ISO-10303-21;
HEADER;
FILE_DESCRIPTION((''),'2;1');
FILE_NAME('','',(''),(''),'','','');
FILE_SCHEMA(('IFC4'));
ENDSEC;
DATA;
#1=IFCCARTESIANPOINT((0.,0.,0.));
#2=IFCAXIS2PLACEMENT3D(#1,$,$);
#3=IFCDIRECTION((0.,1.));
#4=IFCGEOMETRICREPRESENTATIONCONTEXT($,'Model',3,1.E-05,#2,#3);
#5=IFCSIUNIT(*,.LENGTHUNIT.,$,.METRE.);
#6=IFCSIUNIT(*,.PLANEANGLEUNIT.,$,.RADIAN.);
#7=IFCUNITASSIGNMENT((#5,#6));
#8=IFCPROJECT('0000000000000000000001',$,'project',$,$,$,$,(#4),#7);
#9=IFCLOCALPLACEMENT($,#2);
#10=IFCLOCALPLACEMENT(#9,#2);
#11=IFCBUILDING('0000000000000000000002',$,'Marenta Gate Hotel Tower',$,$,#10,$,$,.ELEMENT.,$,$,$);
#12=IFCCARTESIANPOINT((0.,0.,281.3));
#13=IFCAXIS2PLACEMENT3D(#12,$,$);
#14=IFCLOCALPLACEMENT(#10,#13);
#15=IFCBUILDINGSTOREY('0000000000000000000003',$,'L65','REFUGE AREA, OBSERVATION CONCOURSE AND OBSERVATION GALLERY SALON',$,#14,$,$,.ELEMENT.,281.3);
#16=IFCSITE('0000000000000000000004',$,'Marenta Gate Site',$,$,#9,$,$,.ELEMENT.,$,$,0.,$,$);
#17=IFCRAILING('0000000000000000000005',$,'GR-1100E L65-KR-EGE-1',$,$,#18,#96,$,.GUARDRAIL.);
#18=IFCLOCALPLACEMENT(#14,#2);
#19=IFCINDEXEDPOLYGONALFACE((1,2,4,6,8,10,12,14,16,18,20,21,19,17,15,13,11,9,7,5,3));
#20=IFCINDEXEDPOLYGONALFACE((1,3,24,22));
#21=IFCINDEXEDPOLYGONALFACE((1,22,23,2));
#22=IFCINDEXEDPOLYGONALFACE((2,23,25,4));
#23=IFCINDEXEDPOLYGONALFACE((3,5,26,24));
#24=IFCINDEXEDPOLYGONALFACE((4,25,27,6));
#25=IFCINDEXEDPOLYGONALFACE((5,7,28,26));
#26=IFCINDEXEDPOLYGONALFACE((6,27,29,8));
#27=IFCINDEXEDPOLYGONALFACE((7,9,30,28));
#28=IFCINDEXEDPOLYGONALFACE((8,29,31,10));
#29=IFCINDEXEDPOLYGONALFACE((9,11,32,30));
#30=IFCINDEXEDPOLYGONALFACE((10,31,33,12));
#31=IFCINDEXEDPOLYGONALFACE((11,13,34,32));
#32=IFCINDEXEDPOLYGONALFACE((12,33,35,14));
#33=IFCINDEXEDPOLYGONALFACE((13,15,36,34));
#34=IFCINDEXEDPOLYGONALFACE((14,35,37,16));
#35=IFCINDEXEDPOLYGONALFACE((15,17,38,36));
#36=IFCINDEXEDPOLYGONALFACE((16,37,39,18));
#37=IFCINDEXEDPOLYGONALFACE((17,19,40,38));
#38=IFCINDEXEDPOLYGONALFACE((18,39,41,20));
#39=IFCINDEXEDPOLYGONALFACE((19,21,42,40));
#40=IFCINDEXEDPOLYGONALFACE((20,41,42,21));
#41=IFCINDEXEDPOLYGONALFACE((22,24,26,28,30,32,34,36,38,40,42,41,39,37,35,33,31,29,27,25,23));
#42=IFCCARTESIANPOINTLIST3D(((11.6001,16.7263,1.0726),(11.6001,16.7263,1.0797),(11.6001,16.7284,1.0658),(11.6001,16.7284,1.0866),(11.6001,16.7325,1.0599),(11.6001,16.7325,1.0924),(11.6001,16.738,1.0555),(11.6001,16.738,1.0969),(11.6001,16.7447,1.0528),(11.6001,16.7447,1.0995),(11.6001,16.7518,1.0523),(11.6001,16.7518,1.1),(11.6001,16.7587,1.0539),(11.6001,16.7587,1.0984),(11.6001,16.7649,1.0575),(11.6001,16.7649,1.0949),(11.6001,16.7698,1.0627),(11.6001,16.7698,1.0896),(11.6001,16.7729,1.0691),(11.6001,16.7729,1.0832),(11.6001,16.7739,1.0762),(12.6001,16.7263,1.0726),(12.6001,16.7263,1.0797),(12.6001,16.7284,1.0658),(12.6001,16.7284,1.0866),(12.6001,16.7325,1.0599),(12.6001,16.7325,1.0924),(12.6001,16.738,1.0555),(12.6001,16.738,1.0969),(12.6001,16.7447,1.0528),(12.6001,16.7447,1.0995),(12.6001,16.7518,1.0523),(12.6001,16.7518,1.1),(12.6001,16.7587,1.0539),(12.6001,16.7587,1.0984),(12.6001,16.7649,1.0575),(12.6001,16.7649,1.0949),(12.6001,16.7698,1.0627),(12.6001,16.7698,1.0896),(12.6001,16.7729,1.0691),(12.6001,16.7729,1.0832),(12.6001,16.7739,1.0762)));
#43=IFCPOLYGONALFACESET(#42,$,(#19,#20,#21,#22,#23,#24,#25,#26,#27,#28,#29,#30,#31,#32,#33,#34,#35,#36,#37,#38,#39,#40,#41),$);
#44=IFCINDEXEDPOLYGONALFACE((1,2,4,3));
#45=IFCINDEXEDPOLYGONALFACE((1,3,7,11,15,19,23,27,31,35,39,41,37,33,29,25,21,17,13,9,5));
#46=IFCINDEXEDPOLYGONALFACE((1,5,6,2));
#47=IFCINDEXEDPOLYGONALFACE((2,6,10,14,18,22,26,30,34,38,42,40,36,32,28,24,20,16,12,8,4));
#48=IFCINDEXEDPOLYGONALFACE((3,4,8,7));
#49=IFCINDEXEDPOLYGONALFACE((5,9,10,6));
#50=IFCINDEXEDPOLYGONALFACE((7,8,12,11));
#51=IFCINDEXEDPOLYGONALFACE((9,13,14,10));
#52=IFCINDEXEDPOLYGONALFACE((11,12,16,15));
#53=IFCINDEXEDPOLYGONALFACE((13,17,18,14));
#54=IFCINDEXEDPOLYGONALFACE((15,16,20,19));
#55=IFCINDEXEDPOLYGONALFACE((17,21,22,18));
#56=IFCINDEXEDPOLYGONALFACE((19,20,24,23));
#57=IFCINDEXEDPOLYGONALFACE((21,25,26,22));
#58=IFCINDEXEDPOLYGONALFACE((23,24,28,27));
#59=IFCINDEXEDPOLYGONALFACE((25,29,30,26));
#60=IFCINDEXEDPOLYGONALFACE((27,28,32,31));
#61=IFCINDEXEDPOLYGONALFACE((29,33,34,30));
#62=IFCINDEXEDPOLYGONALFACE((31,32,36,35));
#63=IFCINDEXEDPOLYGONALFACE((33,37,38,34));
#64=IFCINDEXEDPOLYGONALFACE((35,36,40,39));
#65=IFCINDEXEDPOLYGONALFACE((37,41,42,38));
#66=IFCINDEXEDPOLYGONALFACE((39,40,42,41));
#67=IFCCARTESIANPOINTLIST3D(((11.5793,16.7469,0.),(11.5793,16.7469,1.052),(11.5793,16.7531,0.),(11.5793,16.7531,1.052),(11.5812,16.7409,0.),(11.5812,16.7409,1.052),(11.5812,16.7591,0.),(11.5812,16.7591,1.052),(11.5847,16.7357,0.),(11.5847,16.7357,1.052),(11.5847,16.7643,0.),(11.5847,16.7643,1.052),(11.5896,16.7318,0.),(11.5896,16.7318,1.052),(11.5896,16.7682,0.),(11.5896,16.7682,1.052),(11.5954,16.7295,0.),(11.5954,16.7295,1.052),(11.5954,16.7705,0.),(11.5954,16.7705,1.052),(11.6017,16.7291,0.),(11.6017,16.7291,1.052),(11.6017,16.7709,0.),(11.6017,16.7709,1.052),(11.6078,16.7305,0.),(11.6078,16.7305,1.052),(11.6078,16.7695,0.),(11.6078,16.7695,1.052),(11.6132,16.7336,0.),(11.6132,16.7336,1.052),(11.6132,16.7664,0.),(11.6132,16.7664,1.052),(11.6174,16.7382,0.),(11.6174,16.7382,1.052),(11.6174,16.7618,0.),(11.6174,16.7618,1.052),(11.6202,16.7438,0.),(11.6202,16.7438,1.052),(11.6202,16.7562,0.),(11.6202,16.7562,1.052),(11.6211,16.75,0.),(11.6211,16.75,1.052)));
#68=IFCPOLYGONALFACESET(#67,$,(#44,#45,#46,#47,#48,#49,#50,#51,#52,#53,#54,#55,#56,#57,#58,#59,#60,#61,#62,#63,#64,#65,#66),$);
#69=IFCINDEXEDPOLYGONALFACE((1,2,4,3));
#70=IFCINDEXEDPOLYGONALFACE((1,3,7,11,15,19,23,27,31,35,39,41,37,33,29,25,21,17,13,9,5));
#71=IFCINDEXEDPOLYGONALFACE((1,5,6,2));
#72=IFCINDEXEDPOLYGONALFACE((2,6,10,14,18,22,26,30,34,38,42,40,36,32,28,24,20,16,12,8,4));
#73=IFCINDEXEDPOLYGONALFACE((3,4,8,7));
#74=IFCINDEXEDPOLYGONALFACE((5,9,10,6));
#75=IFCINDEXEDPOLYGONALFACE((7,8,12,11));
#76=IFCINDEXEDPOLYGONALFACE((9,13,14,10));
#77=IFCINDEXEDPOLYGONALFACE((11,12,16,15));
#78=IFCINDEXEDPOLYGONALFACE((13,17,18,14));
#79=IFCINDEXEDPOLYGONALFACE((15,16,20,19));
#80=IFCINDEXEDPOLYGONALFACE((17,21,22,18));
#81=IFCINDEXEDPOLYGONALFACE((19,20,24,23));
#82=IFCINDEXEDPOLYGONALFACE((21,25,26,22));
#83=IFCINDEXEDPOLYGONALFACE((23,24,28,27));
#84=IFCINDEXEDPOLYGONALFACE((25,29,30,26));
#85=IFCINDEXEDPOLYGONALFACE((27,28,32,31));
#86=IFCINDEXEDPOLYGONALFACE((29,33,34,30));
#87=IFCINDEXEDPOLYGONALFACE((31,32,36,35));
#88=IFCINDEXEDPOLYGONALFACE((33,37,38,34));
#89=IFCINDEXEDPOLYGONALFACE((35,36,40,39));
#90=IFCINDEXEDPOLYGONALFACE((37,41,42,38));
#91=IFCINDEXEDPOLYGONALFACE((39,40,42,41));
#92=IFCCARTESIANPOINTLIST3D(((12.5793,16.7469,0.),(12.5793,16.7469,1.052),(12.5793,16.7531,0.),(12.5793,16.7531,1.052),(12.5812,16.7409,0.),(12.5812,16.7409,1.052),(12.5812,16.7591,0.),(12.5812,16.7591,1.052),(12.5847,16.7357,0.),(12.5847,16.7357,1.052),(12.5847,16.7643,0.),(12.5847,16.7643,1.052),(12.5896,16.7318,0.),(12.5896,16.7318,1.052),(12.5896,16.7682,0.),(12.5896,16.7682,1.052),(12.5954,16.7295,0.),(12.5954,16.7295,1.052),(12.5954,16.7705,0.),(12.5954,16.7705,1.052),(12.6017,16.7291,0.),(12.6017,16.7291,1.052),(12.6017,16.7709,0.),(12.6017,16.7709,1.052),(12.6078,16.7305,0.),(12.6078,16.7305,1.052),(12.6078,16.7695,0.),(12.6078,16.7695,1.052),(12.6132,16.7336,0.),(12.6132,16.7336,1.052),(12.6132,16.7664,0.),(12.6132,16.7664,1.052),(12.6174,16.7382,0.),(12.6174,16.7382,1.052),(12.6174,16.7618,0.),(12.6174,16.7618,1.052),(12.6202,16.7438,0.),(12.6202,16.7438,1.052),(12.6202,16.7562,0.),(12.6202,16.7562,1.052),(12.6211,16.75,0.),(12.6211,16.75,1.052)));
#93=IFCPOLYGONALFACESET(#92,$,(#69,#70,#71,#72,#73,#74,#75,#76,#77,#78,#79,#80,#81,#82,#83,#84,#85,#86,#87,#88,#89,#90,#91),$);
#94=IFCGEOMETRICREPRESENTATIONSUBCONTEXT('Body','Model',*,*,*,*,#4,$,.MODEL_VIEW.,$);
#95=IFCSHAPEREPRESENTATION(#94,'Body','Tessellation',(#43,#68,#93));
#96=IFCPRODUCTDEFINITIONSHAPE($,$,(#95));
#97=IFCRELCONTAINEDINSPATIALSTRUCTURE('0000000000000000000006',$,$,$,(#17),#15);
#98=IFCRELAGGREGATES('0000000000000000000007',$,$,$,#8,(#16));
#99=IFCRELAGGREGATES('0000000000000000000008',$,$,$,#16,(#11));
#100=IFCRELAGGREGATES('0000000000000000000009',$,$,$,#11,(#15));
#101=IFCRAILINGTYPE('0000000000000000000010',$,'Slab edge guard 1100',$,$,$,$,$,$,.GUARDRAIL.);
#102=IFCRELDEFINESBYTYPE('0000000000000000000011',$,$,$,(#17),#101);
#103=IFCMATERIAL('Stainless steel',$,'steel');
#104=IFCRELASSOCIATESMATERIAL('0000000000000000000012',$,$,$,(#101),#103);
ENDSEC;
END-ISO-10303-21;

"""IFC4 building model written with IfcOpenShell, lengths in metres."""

from ifc_helpers import new_model, si_unit, direction, frame, origin, origin_2d, place, context, subcontext, project, spatial, circle, extrude, material, type_object, element, save


model = new_model("IFC4")

# Units and contexts
model_context = context("Model", 3, precision=1e-05, world=origin(), true_north=direction((0.0, 1.0)))
body_context = subcontext(model_context, "Body", "Model", "MODEL_VIEW")
ifc_project = project(units=[si_unit("LENGTHUNIT", "METRE"), si_unit("PLANEANGLEUNIT", "RADIAN")], contexts=[model_context])

# Site, building, storey
site_placement = place(None, origin())
site = spatial("IfcSite", under=ifc_project, at=site_placement, Name="Marenta Gate Site", CompositionType="ELEMENT", RefElevation=0.0)
building_placement = place(site_placement, origin())
building = spatial("IfcBuilding", under=site, at=building_placement, Name="Marenta Gate Hotel Tower", CompositionType="ELEMENT")
storey_placement = place(building_placement, frame((0.0, 0.0, 281.3)))
storey = spatial("IfcBuildingStorey", under=building, at=storey_placement, Name="L65", Description="REFUGE AREA, OBSERVATION CONCOURSE AND OBSERVATION GALLERY SALON", CompositionType="ELEMENT", Elevation=281.3)

# Railing
ifc_material_1 = material(Name="Stainless steel", Category="steel")
railing_type_1 = type_object("IfcRailingType", Name="Slab edge guard 1100", PredefinedType="GUARDRAIL", material=ifc_material_1)
railing_1_placement = place(storey_placement, frame((11.6001, 16.75, 0.0)))
element("IfcRailing", 1, at=railing_1_placement, inside=storey, type_object=railing_type_1, Name="GR-1100E L65-KR-EGE-1", PredefinedType="GUARDRAIL", context=body_context, shape_type="SweptSolid", body=[
    extrude(circle(Radius=0.0239, at=origin_2d()), frame((0.0, 0.0, 1.0762), z_axis=(1.0, 0.0, 0.0), x_axis=(0.0, 1.0, 0.0)), (0.0, 0.0, 1.0), 1.0),
    extrude(circle(Radius=0.021, at=origin_2d()), origin(), (0.0, 0.0, 1.0), 1.052),
    extrude(circle(Radius=0.021, at=origin_2d()), frame((1.0, 0.0, 0.0)), (0.0, 0.0, 1.0), 1.052),
])

save(model, "model.ifc")
